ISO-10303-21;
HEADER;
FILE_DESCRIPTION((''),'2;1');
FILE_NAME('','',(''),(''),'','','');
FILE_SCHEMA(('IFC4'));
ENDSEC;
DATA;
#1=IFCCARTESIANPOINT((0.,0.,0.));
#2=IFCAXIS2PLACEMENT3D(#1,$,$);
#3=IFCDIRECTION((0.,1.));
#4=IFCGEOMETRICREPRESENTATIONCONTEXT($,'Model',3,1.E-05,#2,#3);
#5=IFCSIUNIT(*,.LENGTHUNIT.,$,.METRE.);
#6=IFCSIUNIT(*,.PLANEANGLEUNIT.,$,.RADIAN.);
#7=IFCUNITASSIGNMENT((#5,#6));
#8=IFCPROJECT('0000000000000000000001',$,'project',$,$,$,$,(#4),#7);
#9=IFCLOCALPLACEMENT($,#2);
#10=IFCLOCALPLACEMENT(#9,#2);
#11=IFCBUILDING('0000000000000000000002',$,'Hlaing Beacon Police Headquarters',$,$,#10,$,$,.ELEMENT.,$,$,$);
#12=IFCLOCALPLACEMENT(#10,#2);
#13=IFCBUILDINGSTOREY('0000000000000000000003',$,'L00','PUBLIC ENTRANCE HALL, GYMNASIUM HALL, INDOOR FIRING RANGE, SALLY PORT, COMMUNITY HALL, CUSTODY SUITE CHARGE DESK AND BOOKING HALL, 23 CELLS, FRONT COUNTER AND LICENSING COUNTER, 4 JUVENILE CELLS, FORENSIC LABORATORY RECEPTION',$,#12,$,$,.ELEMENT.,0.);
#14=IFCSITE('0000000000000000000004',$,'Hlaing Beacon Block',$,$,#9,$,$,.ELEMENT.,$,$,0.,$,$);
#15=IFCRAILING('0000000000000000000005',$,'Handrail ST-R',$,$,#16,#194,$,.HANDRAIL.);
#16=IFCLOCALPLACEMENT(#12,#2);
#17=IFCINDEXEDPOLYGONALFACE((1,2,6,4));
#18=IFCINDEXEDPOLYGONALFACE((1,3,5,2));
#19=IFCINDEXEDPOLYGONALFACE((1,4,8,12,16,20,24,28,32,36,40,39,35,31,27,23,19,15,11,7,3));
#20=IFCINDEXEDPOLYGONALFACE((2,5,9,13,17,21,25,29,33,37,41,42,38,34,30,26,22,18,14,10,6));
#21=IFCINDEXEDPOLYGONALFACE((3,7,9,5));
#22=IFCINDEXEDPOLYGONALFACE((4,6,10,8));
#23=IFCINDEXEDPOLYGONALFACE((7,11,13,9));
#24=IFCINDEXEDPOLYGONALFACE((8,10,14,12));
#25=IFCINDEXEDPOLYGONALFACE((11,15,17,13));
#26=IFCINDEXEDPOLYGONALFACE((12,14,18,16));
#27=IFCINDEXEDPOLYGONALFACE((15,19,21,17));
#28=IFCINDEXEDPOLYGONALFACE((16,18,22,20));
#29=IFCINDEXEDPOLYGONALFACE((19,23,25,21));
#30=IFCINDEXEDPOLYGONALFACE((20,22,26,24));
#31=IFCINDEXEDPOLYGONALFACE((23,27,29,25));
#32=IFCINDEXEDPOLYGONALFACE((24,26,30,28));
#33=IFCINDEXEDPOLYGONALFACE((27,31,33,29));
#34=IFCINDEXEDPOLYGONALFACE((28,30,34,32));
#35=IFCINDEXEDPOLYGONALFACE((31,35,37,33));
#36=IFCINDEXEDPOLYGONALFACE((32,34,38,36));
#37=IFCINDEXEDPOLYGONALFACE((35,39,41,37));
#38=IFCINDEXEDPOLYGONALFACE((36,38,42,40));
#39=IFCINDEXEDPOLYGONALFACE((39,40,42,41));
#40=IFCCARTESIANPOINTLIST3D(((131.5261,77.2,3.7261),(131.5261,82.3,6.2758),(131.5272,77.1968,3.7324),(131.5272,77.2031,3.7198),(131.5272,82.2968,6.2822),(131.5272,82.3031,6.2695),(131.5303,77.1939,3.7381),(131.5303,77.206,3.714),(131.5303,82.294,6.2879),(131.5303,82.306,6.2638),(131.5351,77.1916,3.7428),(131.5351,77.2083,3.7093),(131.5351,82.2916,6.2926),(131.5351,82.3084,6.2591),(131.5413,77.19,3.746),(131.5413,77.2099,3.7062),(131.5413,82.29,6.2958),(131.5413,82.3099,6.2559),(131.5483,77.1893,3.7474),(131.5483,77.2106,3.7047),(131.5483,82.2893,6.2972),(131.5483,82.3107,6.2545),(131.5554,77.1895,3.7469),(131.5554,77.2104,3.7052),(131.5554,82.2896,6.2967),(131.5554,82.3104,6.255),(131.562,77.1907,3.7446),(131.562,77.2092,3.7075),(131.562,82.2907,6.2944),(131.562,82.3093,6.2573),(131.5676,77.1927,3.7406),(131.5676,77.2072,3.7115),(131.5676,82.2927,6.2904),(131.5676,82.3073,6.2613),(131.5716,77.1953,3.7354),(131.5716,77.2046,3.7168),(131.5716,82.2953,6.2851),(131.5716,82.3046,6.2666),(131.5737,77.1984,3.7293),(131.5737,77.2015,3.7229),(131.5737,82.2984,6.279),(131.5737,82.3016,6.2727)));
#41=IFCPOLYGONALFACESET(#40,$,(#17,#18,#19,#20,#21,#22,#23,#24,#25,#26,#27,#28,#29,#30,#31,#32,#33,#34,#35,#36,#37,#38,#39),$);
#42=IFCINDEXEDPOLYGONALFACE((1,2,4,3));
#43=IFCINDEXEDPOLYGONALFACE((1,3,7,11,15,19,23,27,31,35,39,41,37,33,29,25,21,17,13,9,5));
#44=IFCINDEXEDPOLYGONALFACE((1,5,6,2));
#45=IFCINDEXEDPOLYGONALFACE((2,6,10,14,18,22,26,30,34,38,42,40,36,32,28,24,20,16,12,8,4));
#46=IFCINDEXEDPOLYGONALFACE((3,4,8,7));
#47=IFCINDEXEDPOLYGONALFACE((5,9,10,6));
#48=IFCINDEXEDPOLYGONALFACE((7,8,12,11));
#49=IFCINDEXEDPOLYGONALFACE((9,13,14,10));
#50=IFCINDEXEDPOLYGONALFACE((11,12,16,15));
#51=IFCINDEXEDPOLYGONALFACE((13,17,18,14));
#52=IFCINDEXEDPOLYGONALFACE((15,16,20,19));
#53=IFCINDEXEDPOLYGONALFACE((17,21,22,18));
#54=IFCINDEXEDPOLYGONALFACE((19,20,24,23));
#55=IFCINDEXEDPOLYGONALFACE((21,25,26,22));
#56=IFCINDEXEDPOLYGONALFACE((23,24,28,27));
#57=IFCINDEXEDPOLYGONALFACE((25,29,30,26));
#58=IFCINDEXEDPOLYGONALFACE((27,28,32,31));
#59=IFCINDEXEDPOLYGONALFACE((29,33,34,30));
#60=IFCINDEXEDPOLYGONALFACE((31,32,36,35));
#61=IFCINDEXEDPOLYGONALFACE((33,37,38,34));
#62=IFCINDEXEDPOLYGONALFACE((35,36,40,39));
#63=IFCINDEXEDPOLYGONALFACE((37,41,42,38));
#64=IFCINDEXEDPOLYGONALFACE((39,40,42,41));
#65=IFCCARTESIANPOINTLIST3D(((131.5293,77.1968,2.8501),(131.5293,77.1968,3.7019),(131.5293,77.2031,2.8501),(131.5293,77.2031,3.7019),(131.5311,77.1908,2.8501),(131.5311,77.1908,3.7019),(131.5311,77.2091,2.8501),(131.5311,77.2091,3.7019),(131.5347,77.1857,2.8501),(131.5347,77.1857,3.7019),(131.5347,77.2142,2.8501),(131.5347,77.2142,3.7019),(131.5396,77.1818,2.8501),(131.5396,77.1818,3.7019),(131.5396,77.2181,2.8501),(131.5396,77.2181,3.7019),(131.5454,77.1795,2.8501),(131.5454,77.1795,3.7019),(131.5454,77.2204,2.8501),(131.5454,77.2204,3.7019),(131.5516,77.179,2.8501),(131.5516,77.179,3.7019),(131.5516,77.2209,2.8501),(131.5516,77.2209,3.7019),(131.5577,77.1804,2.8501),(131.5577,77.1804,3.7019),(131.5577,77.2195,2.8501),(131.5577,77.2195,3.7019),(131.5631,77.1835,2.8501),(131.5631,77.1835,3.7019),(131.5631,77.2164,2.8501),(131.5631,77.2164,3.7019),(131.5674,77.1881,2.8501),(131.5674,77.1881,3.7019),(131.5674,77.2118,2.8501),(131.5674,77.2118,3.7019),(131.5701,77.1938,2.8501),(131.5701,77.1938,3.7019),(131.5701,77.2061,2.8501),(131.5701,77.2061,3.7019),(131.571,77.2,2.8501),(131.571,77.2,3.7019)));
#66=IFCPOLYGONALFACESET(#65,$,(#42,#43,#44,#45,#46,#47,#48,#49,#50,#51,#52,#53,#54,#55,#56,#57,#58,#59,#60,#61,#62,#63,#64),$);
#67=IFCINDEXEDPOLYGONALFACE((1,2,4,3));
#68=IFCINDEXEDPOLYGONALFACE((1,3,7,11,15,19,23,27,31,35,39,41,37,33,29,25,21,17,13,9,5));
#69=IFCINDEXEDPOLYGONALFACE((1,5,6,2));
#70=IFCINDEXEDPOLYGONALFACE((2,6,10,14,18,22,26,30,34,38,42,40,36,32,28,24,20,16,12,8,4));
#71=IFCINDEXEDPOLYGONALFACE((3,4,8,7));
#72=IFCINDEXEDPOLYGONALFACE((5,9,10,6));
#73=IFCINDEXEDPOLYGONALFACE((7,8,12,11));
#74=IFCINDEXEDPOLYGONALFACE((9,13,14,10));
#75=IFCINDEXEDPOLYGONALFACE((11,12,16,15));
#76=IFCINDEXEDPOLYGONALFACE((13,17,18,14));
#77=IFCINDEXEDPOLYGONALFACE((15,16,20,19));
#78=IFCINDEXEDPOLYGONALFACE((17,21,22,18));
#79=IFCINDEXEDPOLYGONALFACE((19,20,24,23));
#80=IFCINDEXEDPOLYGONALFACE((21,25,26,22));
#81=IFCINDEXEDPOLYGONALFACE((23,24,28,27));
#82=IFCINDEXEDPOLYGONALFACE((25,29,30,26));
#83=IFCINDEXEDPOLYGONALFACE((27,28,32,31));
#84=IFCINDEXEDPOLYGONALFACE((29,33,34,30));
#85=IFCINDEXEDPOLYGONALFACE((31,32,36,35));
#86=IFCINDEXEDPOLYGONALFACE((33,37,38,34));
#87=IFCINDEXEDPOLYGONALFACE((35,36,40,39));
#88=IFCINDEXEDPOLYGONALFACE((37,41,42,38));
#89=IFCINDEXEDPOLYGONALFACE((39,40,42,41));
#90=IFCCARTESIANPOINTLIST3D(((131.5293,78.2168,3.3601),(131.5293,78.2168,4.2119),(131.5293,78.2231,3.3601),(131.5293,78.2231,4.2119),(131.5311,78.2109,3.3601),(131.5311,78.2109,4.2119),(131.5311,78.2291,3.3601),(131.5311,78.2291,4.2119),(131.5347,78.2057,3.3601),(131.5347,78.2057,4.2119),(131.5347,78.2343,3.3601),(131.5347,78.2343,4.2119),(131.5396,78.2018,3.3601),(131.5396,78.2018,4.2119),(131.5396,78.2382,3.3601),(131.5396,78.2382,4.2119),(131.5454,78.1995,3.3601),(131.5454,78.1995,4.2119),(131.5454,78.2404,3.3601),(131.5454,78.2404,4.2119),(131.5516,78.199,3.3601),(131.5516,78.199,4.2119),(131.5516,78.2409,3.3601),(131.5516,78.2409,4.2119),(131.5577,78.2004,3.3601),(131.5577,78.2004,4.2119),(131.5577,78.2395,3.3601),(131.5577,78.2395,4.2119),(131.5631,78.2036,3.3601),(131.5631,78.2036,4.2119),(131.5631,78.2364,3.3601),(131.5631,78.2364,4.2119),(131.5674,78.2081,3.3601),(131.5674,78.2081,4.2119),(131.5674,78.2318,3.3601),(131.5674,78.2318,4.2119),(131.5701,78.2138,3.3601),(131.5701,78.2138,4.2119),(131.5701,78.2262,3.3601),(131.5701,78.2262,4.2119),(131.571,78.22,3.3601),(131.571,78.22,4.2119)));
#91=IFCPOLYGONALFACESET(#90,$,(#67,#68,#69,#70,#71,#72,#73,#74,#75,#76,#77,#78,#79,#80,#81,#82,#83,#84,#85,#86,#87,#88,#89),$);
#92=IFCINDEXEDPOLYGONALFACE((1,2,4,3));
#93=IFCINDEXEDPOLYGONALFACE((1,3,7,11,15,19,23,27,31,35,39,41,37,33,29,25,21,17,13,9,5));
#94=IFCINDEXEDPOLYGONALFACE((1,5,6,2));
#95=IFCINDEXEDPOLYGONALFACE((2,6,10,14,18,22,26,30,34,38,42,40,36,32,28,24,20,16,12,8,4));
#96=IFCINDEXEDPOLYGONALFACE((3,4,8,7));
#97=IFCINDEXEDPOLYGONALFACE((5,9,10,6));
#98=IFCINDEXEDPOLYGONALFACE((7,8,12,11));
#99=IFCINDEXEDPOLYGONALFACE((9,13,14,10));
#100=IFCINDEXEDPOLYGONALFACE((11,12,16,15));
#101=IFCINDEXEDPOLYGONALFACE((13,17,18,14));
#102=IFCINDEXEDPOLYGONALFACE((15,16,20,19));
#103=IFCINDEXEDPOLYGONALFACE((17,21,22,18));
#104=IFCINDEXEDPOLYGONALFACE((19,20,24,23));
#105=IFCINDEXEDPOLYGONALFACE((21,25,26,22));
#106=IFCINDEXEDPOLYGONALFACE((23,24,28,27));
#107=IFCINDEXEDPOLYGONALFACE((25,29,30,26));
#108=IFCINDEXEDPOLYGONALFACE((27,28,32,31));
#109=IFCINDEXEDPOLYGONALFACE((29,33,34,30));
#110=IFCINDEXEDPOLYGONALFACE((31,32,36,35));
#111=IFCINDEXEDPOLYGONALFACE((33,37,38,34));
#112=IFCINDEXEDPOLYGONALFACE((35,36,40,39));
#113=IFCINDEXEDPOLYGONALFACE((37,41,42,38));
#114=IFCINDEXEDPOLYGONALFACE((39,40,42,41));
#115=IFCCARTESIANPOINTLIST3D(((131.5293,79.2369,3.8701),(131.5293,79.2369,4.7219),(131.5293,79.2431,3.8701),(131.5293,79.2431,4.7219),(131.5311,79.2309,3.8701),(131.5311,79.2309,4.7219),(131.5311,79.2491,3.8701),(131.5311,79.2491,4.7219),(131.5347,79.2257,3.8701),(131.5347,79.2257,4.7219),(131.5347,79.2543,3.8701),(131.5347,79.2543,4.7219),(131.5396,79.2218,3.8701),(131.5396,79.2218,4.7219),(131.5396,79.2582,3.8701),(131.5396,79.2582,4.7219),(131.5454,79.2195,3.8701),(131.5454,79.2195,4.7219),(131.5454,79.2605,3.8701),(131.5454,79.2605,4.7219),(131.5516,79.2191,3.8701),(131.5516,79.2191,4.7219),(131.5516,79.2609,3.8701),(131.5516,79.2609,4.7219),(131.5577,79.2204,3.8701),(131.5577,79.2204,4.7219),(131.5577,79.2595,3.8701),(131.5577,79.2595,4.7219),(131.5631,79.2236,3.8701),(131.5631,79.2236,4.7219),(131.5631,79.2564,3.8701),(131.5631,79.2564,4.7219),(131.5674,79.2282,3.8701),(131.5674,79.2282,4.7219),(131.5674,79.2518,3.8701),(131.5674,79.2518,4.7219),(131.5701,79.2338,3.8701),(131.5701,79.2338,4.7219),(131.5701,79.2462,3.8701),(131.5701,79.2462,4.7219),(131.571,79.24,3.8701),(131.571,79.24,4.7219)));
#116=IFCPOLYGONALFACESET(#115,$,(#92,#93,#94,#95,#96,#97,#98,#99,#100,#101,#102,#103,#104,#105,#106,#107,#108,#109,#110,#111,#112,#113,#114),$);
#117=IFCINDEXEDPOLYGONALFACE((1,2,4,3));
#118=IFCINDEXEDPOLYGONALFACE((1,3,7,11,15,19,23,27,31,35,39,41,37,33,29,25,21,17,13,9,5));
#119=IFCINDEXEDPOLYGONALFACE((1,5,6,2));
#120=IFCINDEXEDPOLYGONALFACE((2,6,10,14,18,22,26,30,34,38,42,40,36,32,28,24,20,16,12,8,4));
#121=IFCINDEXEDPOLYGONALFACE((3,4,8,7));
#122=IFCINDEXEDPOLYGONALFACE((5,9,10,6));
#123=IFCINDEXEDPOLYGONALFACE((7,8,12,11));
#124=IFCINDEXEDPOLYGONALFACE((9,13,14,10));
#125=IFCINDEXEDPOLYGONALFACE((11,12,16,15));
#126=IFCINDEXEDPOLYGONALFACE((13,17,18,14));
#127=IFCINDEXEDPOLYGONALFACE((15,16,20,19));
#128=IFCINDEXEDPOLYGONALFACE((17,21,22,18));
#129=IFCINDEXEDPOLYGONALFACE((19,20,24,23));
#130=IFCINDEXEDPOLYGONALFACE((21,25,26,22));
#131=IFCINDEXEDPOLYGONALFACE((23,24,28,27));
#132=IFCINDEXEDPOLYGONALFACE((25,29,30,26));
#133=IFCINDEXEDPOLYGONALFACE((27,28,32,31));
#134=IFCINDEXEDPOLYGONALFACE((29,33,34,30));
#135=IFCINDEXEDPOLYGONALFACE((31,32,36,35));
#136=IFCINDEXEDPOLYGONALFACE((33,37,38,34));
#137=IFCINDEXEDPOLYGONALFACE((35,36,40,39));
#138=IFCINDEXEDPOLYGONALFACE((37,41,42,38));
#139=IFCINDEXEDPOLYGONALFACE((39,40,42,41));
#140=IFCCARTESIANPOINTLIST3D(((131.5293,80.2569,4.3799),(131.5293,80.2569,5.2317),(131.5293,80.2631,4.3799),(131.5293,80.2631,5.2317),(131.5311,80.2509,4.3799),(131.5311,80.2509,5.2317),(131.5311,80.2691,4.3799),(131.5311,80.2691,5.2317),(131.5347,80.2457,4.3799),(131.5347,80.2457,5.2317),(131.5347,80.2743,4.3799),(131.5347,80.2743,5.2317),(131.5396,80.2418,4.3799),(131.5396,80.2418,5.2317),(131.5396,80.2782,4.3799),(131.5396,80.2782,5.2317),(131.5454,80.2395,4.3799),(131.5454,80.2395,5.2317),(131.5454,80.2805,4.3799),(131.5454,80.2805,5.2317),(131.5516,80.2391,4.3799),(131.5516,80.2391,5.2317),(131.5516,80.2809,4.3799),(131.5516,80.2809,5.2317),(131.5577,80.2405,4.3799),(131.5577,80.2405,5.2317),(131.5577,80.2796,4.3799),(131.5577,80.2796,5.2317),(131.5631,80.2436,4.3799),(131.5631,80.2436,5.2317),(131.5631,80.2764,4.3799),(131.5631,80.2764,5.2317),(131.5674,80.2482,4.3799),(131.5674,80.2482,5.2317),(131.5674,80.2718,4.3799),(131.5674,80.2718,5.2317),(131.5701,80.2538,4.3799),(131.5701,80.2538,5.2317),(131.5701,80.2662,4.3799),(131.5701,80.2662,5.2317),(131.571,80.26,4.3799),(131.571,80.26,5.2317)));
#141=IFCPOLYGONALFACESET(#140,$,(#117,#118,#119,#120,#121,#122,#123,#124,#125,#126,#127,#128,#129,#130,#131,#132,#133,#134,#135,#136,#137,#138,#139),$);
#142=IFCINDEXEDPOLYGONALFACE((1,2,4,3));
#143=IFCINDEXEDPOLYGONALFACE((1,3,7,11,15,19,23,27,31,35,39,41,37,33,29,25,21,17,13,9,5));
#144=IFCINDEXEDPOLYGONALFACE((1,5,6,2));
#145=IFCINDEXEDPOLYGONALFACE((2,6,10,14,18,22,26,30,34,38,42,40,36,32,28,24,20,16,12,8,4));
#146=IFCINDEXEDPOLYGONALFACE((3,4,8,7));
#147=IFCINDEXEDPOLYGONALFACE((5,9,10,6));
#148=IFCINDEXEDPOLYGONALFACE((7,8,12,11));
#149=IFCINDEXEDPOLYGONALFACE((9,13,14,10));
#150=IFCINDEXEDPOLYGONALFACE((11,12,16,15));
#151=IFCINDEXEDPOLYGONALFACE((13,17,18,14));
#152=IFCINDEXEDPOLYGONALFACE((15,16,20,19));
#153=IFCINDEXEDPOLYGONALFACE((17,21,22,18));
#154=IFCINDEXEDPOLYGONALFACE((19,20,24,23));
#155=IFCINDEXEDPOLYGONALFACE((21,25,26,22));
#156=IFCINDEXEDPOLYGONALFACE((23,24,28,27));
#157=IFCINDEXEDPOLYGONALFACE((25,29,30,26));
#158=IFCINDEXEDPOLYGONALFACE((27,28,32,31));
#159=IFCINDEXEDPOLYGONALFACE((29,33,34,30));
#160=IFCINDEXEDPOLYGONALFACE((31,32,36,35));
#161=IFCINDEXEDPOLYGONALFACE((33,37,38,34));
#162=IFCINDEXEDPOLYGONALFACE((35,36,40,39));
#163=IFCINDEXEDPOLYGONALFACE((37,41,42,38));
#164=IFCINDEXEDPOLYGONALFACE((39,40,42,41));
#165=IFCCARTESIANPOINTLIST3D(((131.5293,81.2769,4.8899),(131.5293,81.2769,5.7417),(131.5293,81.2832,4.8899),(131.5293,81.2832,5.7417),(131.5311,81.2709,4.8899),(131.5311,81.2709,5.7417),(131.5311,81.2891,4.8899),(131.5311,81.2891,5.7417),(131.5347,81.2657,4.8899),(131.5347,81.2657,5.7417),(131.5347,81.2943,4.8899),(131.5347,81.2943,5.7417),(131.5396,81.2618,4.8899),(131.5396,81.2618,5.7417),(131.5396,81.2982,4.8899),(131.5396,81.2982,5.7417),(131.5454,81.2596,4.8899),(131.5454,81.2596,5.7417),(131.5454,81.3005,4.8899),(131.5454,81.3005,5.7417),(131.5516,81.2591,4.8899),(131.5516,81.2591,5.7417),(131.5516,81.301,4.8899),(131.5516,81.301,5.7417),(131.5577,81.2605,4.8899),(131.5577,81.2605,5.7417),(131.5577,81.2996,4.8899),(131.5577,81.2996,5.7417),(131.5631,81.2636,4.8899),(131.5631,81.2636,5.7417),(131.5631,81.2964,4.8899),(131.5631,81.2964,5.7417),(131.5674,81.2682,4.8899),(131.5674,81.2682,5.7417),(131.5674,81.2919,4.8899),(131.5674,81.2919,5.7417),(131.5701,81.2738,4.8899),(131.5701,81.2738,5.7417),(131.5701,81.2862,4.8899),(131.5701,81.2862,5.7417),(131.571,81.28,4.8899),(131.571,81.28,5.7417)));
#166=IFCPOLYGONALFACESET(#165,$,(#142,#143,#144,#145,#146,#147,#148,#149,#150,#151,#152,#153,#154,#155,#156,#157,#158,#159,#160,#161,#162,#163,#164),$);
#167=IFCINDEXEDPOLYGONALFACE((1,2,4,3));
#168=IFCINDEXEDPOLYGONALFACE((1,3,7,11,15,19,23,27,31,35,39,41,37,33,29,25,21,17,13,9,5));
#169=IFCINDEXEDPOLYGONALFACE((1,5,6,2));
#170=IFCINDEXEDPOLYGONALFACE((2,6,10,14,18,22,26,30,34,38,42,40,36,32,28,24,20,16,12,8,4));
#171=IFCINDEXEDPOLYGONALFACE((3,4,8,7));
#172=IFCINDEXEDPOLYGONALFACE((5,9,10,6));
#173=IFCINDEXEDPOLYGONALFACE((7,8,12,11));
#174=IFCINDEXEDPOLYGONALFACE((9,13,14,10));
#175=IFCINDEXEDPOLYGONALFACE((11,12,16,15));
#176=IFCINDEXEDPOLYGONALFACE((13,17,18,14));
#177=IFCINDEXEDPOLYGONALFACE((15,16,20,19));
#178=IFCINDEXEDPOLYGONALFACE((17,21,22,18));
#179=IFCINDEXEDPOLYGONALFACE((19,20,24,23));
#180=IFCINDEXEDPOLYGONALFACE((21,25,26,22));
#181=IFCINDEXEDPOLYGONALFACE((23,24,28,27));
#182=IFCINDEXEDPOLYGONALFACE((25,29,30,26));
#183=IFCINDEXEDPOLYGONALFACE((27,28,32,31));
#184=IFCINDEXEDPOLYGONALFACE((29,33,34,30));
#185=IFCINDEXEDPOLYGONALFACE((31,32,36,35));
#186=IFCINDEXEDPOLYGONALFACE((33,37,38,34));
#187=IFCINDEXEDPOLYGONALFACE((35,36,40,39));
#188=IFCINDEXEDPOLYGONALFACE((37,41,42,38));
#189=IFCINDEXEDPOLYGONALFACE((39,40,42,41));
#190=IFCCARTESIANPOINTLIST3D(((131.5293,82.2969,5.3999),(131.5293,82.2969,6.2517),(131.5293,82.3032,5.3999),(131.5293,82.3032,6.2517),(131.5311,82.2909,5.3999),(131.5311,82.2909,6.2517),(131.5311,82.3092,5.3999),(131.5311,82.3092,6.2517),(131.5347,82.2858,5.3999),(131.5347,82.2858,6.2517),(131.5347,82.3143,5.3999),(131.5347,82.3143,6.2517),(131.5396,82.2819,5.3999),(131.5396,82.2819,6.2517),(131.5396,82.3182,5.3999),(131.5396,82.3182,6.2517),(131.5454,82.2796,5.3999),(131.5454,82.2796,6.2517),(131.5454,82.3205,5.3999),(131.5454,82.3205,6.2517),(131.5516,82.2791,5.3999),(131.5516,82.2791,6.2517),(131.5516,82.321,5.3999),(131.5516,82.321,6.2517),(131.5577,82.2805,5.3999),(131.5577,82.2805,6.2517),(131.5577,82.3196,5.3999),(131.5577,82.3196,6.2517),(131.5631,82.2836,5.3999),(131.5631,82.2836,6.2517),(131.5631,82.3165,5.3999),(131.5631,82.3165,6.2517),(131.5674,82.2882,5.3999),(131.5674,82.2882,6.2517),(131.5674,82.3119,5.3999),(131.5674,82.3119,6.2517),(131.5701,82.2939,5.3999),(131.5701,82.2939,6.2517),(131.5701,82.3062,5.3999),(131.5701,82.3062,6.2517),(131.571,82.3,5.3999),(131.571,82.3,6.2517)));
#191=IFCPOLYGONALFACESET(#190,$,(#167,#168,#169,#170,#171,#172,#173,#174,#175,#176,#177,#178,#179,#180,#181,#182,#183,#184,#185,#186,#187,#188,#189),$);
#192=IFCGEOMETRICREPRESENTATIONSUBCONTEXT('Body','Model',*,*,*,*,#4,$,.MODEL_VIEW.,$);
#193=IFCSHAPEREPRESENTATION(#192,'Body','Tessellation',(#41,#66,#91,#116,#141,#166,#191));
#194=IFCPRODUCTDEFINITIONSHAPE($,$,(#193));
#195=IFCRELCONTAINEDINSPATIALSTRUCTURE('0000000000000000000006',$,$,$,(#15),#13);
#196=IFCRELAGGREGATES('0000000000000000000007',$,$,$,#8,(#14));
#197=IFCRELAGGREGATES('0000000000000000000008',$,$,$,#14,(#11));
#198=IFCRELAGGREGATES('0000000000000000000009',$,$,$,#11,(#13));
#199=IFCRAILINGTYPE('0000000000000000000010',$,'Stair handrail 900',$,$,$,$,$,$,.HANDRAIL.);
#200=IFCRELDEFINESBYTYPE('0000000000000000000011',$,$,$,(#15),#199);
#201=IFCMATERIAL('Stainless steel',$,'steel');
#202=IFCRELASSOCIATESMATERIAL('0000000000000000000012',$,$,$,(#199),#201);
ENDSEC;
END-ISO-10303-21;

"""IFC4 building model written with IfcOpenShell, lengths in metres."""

from ifc_helpers import new_model, si_unit, direction, frame, origin, origin_2d, place, context, subcontext, project, spatial, circle, extrude, material, type_object, element, save


model = new_model("IFC4")

# Units and contexts
model_context = context("Model", 3, precision=1e-05, world=origin(), true_north=direction((0.0, 1.0)))
body_context = subcontext(model_context, "Body", "Model", "MODEL_VIEW")
ifc_project = project(units=[si_unit("LENGTHUNIT", "METRE"), si_unit("PLANEANGLEUNIT", "RADIAN")], contexts=[model_context])

# Site, building, storey
site_placement = place(None, origin())
site = spatial("IfcSite", under=ifc_project, at=site_placement, Name="Hlaing Beacon Block", CompositionType="ELEMENT", RefElevation=0.0)
building_placement = place(site_placement, origin())
building = spatial("IfcBuilding", under=site, at=building_placement, Name="Hlaing Beacon Police Headquarters", CompositionType="ELEMENT")
storey_placement = place(building_placement, origin())
storey = spatial("IfcBuildingStorey", under=building, at=storey_placement, Name="L00", Description="PUBLIC ENTRANCE HALL, GYMNASIUM HALL, INDOOR FIRING RANGE, SALLY PORT, COMMUNITY HALL, CUSTODY SUITE CHARGE DESK AND BOOKING HALL, 23 CELLS, FRONT COUNTER AND LICENSING COUNTER, 4 JUVENILE CELLS, FORENSIC LABORATORY RECEPTION", CompositionType="ELEMENT", Elevation=0.0)

# Railing
ifc_material_1 = material(Name="Stainless steel", Category="steel")
railing_type_1 = type_object("IfcRailingType", Name="Stair handrail 900", PredefinedType="HANDRAIL", material=ifc_material_1)
for number, where, name in (
    (1, (131.55, 77.2, 2.8501), "Handrail ST-R"),
):
    element("IfcRailing", number, at=place(storey_placement, frame(where)), inside=storey, type_object=railing_type_1, Name=name, PredefinedType="HANDRAIL", context=body_context, shape_type="SweptSolid", body=[
        extrude(circle(Radius=0.0239, at=origin_2d()), frame((0.0, 0.0, 0.876), z_axis=(0.0, 0.894444, 0.447179), x_axis=(-1.0, 0.0, 0.0)), (0.0, 0.0, 1.0), 5.7019),
        extrude(circle(Radius=0.021, at=origin_2d()), origin(), (0.0, 0.0, 1.0), 0.8518),
        extrude(circle(Radius=0.021, at=origin_2d()), frame((0.0, 1.02, 0.51)), (0.0, 0.0, 1.0), 0.8518),
        extrude(circle(Radius=0.021, at=origin_2d()), frame((0.0, 2.04, 1.02)), (0.0, 0.0, 1.0), 0.8518),
        extrude(circle(Radius=0.021, at=origin_2d()), frame((0.0, 3.0601, 1.5298)), (0.0, 0.0, 1.0), 0.8518),
        extrude(circle(Radius=0.021, at=origin_2d()), frame((0.0, 4.0801, 2.0398)), (0.0, 0.0, 1.0), 0.8518),
        extrude(circle(Radius=0.021, at=origin_2d()), frame((0.0, 5.1001, 2.5498)), (0.0, 0.0, 1.0), 0.8518),
    ])

save(model, "model.ifc")
